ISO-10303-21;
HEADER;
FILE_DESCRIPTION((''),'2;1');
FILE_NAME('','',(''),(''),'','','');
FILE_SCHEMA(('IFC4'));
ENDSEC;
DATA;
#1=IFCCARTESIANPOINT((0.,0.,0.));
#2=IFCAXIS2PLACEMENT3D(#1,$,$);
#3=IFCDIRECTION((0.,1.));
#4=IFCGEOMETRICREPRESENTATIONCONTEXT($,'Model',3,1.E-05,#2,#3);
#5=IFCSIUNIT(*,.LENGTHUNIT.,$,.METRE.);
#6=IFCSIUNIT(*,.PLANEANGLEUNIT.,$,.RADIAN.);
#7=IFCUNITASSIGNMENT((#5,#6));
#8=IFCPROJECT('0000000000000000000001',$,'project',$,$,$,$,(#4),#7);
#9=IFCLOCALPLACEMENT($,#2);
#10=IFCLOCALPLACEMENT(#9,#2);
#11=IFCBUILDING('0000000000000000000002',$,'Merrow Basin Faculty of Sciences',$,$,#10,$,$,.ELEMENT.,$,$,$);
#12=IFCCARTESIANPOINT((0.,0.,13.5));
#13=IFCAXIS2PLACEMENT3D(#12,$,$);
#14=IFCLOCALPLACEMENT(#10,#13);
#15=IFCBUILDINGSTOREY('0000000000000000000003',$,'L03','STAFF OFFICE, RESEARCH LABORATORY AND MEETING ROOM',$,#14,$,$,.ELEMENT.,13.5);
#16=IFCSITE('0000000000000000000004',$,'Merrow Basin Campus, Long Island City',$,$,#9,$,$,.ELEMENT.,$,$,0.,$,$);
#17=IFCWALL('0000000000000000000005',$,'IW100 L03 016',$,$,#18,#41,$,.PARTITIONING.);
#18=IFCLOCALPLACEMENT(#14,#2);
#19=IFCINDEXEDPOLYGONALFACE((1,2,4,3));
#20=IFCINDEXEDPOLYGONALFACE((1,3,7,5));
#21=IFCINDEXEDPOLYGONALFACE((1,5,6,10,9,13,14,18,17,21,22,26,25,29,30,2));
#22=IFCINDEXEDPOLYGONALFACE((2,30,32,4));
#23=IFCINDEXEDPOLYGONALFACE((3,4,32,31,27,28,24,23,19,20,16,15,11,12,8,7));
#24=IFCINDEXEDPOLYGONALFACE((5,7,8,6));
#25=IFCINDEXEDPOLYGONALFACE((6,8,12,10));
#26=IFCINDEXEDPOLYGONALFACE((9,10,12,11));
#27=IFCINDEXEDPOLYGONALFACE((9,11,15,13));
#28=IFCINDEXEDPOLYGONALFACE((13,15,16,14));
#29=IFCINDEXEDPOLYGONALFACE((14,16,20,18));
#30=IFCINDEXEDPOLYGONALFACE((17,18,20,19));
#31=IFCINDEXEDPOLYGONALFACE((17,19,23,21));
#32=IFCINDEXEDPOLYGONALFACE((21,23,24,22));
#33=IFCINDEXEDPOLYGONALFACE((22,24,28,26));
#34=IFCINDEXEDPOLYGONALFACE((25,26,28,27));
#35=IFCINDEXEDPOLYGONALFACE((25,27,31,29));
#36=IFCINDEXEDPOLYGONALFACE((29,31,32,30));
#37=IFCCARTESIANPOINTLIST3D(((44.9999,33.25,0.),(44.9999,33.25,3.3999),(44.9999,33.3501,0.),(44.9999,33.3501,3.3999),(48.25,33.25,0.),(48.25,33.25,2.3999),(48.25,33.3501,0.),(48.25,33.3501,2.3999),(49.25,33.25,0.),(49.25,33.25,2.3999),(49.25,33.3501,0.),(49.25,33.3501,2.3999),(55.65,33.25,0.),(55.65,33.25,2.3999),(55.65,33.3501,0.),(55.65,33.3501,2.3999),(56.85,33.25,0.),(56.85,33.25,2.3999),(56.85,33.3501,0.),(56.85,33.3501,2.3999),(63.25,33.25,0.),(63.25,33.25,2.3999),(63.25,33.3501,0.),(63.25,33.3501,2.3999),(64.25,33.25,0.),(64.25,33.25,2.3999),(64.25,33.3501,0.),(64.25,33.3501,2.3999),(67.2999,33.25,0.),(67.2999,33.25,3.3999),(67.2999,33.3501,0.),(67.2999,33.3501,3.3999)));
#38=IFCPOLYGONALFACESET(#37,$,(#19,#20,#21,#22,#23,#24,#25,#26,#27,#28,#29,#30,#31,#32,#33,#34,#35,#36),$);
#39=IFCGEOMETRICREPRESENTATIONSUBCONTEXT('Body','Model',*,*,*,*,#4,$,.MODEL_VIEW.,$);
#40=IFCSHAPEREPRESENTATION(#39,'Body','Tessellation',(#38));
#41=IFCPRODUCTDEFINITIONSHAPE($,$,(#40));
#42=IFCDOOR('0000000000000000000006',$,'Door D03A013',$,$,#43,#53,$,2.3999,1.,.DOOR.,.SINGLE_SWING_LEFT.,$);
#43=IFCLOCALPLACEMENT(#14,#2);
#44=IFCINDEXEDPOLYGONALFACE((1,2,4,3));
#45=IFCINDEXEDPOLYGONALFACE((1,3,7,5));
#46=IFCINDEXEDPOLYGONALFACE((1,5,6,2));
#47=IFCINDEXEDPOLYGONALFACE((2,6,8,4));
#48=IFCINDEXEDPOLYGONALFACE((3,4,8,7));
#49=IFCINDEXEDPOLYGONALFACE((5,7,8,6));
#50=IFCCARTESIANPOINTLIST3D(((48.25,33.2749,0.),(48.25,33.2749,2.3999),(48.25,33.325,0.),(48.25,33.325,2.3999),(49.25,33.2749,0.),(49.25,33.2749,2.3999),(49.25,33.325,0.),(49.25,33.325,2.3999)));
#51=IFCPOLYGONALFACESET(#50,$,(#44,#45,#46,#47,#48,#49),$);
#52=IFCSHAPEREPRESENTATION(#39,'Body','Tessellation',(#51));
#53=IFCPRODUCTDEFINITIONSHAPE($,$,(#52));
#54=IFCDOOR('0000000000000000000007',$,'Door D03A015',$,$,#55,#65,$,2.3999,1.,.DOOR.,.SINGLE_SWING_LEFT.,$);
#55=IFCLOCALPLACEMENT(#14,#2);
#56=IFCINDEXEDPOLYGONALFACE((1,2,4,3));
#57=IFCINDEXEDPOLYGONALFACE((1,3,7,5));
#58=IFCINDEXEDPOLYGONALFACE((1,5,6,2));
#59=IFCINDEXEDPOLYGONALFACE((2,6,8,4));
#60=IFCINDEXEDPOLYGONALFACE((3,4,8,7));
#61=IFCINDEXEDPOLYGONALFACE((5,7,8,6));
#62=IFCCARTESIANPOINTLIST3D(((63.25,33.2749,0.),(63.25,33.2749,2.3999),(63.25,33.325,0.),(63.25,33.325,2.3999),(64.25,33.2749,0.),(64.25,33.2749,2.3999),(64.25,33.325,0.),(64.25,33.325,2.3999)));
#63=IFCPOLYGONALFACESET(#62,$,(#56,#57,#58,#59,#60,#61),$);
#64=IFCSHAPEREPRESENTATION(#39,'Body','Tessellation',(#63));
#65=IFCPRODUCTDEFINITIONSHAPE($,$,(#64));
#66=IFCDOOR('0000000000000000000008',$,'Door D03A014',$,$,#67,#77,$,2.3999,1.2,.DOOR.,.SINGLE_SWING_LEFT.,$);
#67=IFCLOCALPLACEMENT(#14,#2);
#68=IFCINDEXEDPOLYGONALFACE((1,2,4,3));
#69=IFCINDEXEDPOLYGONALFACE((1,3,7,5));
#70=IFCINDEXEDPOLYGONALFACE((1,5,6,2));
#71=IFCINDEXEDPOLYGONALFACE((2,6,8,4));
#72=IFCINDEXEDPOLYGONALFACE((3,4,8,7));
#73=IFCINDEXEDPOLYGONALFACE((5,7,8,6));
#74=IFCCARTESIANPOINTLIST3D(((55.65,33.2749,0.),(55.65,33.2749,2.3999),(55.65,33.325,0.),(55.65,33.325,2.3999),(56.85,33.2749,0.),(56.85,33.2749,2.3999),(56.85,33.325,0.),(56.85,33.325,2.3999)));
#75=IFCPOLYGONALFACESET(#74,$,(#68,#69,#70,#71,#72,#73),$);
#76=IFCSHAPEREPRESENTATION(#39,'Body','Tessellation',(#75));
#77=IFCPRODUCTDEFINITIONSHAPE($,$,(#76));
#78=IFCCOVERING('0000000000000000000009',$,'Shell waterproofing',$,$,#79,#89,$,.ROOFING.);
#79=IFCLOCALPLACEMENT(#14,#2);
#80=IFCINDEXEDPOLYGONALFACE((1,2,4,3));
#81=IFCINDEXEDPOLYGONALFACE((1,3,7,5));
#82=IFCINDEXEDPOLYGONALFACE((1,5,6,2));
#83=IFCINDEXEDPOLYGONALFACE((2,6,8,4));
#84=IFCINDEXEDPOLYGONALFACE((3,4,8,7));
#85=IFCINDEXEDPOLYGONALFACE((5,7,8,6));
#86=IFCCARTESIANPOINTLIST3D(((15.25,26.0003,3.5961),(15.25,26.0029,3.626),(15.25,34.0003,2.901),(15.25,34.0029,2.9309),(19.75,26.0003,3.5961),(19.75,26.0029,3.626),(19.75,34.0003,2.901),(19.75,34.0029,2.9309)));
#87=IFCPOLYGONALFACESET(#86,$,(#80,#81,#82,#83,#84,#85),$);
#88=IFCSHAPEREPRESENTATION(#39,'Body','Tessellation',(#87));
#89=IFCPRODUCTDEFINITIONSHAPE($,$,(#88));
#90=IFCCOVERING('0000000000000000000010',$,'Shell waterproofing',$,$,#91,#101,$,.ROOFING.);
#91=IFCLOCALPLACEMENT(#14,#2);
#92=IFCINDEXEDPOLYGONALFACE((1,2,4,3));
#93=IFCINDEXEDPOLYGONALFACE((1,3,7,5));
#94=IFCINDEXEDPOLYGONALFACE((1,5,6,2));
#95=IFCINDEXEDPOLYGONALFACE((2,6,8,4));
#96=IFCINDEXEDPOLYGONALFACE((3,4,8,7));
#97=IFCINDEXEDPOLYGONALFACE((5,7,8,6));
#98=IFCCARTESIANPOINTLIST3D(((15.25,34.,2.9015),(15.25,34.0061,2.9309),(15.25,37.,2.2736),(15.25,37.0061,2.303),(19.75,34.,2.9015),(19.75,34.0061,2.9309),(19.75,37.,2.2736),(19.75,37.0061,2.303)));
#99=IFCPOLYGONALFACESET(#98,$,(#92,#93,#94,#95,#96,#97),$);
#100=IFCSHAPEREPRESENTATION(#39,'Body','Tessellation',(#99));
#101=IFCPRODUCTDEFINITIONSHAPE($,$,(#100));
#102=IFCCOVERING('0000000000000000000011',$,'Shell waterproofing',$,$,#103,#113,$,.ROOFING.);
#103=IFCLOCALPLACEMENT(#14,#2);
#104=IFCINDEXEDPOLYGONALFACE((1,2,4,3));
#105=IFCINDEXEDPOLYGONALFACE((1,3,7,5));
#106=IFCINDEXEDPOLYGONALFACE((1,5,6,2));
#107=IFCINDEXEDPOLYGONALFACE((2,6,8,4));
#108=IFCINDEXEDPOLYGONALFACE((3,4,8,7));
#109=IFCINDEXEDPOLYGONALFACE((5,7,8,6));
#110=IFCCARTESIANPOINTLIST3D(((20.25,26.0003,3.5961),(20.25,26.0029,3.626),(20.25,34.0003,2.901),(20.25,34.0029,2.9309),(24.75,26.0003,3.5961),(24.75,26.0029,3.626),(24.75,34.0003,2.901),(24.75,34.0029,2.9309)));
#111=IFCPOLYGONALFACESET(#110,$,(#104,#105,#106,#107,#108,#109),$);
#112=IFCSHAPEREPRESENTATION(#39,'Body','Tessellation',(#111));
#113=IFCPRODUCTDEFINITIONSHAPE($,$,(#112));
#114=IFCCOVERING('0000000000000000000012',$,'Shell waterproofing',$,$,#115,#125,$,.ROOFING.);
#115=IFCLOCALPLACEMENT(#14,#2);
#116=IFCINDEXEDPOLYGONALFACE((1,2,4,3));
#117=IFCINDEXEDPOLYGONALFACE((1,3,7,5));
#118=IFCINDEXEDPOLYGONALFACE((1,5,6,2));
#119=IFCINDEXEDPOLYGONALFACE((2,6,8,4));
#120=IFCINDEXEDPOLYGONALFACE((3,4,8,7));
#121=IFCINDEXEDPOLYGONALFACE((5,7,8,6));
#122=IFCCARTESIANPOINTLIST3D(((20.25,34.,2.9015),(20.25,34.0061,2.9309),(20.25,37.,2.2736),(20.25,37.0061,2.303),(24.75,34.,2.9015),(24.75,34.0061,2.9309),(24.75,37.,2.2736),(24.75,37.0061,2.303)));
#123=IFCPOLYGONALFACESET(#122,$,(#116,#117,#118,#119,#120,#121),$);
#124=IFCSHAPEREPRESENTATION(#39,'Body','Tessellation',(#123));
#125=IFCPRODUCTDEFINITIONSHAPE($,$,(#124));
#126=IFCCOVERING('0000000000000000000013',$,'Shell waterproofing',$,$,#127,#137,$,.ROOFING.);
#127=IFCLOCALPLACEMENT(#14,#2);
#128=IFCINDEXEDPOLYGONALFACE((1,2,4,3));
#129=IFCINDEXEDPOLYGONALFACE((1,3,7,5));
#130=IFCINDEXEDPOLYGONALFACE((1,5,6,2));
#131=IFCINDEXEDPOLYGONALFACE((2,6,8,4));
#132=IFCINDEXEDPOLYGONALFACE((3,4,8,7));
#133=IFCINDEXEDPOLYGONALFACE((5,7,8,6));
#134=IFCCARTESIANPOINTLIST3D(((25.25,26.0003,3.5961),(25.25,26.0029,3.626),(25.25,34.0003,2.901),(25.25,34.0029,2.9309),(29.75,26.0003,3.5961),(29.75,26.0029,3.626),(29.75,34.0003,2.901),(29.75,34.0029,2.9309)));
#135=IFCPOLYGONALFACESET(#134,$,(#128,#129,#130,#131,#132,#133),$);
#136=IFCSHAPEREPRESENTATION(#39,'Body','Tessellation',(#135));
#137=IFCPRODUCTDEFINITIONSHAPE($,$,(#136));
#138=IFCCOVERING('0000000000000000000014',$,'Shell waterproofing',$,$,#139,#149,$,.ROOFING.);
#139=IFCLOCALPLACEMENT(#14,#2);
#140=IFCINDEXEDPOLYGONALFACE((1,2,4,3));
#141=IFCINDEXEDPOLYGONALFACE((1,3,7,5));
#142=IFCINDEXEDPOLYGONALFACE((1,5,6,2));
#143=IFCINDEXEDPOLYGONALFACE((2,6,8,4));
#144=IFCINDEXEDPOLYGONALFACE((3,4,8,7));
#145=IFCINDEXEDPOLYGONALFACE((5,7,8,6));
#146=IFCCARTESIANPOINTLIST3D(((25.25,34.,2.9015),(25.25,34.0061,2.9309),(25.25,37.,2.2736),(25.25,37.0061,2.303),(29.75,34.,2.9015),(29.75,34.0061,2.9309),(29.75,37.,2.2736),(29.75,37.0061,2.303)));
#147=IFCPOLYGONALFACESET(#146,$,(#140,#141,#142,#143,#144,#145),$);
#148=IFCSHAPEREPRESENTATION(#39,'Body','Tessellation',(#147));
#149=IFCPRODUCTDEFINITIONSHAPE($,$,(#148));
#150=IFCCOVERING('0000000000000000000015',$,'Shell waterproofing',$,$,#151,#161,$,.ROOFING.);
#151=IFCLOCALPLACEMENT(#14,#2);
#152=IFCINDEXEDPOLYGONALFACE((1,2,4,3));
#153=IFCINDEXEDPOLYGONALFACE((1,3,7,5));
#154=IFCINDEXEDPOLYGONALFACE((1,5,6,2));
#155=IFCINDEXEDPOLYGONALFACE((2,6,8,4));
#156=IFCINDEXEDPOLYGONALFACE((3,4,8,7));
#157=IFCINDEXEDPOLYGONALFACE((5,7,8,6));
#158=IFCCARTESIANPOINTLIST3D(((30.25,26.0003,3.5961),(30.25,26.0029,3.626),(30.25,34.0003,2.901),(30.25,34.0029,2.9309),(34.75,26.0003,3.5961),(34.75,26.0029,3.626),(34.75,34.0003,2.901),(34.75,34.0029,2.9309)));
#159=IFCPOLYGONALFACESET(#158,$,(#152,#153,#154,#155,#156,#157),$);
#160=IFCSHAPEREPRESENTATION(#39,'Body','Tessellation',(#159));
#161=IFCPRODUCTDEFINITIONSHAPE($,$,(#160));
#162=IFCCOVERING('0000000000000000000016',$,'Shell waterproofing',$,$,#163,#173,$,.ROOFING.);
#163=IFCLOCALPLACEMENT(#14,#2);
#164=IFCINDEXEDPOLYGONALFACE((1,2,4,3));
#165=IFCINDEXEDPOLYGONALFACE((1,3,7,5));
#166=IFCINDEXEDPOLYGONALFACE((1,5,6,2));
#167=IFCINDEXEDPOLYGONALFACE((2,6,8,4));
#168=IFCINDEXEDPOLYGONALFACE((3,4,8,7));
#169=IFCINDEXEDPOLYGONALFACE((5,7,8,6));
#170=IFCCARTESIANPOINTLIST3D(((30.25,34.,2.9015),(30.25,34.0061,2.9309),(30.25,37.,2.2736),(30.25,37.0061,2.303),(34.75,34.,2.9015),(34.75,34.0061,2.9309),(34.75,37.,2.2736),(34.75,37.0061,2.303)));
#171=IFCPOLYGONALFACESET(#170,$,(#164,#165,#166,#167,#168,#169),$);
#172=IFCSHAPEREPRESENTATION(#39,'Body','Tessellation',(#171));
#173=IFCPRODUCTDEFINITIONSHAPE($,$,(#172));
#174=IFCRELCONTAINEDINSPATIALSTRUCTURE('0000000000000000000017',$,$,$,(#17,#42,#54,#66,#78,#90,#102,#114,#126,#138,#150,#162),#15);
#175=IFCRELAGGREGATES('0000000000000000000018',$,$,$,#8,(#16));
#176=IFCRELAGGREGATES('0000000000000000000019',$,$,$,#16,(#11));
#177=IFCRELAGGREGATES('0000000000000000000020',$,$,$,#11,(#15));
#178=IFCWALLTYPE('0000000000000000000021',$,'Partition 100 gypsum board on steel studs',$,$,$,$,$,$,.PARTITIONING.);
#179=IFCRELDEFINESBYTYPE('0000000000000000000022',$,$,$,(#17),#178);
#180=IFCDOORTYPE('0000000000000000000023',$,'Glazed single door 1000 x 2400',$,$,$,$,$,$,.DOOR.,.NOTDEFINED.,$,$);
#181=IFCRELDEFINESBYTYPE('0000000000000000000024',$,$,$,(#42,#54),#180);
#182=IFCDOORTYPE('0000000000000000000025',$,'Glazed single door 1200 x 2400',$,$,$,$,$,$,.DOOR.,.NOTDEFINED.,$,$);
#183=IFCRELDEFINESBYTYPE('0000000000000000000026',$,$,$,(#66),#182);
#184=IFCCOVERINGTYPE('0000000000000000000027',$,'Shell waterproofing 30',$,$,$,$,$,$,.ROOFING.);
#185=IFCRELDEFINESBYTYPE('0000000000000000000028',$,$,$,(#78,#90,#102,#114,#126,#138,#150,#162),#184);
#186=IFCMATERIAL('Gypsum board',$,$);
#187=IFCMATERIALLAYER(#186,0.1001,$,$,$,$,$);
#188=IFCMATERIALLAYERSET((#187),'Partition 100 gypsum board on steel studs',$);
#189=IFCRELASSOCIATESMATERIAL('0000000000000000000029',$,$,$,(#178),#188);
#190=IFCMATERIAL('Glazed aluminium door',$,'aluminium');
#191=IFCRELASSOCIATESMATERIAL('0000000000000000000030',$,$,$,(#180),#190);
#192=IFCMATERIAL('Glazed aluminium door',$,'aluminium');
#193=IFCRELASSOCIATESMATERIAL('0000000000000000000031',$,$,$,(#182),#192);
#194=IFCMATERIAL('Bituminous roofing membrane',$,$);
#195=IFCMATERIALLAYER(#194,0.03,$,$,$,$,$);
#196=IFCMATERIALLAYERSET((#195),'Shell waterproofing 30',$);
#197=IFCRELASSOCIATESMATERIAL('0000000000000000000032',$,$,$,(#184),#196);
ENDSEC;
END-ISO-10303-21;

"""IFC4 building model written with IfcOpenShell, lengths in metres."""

from ifc_helpers import new_model, si_unit, direction, frame, frame_2d, origin, place, context, subcontext, project, spatial, polyline, rectangle, outline, extrude, material, layer, layer_set, type_object, element, fill, save


model = new_model("IFC4")

# Units and contexts
model_context = context("Model", 3, precision=1e-05, world=origin(), true_north=direction((0.0, 1.0)))
body_context = subcontext(model_context, "Body", "Model", "MODEL_VIEW")
ifc_project = project(units=[si_unit("LENGTHUNIT", "METRE"), si_unit("PLANEANGLEUNIT", "RADIAN")], contexts=[model_context])

# Site, building, storey
site_placement = place(None, origin())
site = spatial("IfcSite", under=ifc_project, at=site_placement, Name="Merrow Basin Campus, Long Island City", CompositionType="ELEMENT", RefElevation=0.0)
building_placement = place(site_placement, origin())
building = spatial("IfcBuilding", under=site, at=building_placement, Name="Merrow Basin Faculty of Sciences", CompositionType="ELEMENT")
storey_placement = place(building_placement, frame((0.0, 0.0, 13.5)))
storey = spatial("IfcBuildingStorey", under=building, at=storey_placement, Name="L03", Description="STAFF OFFICE, RESEARCH LABORATORY AND MEETING ROOM", CompositionType="ELEMENT", Elevation=13.5)

# Shared definitions
ifc_material_1 = material(Name="Gypsum board")
ifc_layer_1 = layer(ifc_material_1, 0.1001)
ifc_layer_set_1 = layer_set([ifc_layer_1], Name="Partition 100 gypsum board on steel studs")
wall_type = type_object("IfcWallType", Name="Partition 100 gypsum board on steel studs", PredefinedType="PARTITIONING", material=ifc_layer_set_1)

# Wall, openings, doors
wall_1_placement = place(storey_placement, frame((45.0, 33.3, 0.0), z_axis=(0.0, 0.0, 1.0), x_axis=(1.0, 0.0, 0.0)))
wall_1 = element("IfcWall", 1, at=wall_1_placement, inside=storey, type_object=wall_type, Name="IW100 L03 016", PredefinedType="PARTITIONING", context=body_context, shape_type="SweptSolid", body=[
    extrude(rectangle(XDim=22.3, YDim=0.1001, at=frame_2d((11.1499, 0.0))), origin(), (0.0, 0.0, 1.0), 3.3999),
])
opening_1_placement = place(wall_1_placement, frame((3.25, 0.0, 0.0)))
opening_1 = element("IfcOpeningElement", 2, at=opening_1_placement, cuts=wall_1, PredefinedType="OPENING", context=body_context, shape_type="SweptSolid", body=[
    extrude(rectangle(XDim=1.0, YDim=2.3999, at=frame_2d((0.5, 1.2))), frame((0.0, 0.0601, 0.0), z_axis=(0.0, -1.0, 0.0), x_axis=(1.0, 0.0, 0.0)), (0.0, 0.0, 1.0), 0.1201),
])
opening_2_placement = place(wall_1_placement, frame((10.6499, 0.0, 0.0)))
opening_2 = element("IfcOpeningElement", 3, at=opening_2_placement, cuts=wall_1, PredefinedType="OPENING", context=body_context, shape_type="SweptSolid", body=[
    extrude(rectangle(XDim=1.2, YDim=2.3999, at=frame_2d((0.6001, 1.2))), frame((0.0, 0.0601, 0.0), z_axis=(0.0, -1.0, 0.0), x_axis=(1.0, 0.0, 0.0)), (0.0, 0.0, 1.0), 0.1201),
])
opening_3_placement = place(wall_1_placement, frame((18.25, 0.0, 0.0)))
opening_3 = element("IfcOpeningElement", 4, at=opening_3_placement, cuts=wall_1, PredefinedType="OPENING", context=body_context, shape_type="SweptSolid", body=[
    extrude(rectangle(XDim=1.0, YDim=2.3999, at=frame_2d((0.5, 1.2))), frame((0.0, 0.0601, 0.0), z_axis=(0.0, -1.0, 0.0), x_axis=(1.0, 0.0, 0.0)), (0.0, 0.0, 1.0), 0.1201),
])
ifc_material_2 = material(Name="Glazed aluminium door", Category="aluminium")
door_type_1 = type_object("IfcDoorType", Name="Glazed single door 1000 x 2400", OperationType="NOTDEFINED", PredefinedType="DOOR", material=ifc_material_2)
door_1_placement = place(opening_1_placement, origin())
door_1 = element("IfcDoor", 5, at=door_1_placement, inside=storey, type_object=door_type_1, Name="Door D03A013", OperationType="SINGLE_SWING_LEFT", OverallHeight=2.3999, OverallWidth=1.0, PredefinedType="DOOR", context=body_context, shape_type="SweptSolid", body=[
    extrude(rectangle(XDim=1.0, YDim=2.3999, at=frame_2d((0.5, 1.2))), frame((0.0, 0.0249, 0.0), z_axis=(0.0, -1.0, 0.0), x_axis=(1.0, 0.0, 0.0)), (0.0, 0.0, 1.0), 0.05),
])
fill(opening_1, door_1)
door_2_placement = place(opening_3_placement, origin())
door_2 = element("IfcDoor", 6, at=door_2_placement, inside=storey, type_object=door_type_1, Name="Door D03A015", OperationType="SINGLE_SWING_LEFT", OverallHeight=2.3999, OverallWidth=1.0, PredefinedType="DOOR", context=body_context, shape_type="SweptSolid", body=[
    extrude(rectangle(XDim=1.0, YDim=2.3999, at=frame_2d((0.5, 1.2))), frame((0.0, 0.0249, 0.0), z_axis=(0.0, -1.0, 0.0), x_axis=(1.0, 0.0, 0.0)), (0.0, 0.0, 1.0), 0.05),
])
fill(opening_3, door_2)
ifc_material_3 = material(Name="Glazed aluminium door", Category="aluminium")
door_type_2 = type_object("IfcDoorType", Name="Glazed single door 1200 x 2400", OperationType="NOTDEFINED", PredefinedType="DOOR", material=ifc_material_3)
door_3_placement = place(opening_2_placement, origin())
door_3 = element("IfcDoor", 7, at=door_3_placement, inside=storey, type_object=door_type_2, Name="Door D03A014", OperationType="SINGLE_SWING_LEFT", OverallHeight=2.3999, OverallWidth=1.2, PredefinedType="DOOR", context=body_context, shape_type="SweptSolid", body=[
    extrude(rectangle(XDim=1.2, YDim=2.3999, at=frame_2d((0.6001, 1.2))), frame((0.0, 0.0249, 0.0), z_axis=(0.0, -1.0, 0.0), x_axis=(1.0, 0.0, 0.0)), (0.0, 0.0, 1.0), 0.05),
])
fill(opening_2, door_3)

# Coverings
ifc_material_4 = material(Name="Bituminous roofing membrane")
ifc_layer_2 = layer(ifc_material_4, 0.03)
ifc_layer_set_2 = layer_set([ifc_layer_2], Name="Shell waterproofing 30")
covering_type = type_object("IfcCoveringType", Name="Shell waterproofing 30", PredefinedType="ROOFING", material=ifc_layer_set_2)
covering_1_placement = place(storey_placement, frame((15.25, 26.0029, 3.626), z_axis=(0.0, 0.086557, 0.996247), x_axis=(1.0, 0.0, 0.0)))
element("IfcCovering", 8, at=covering_1_placement, inside=storey, type_object=covering_type, Name="Shell waterproofing", PredefinedType="ROOFING", context=body_context, shape_type="SweptSolid", body=[
    extrude(outline(polyline([(0.0, 0.0), (4.5, 0.0), (4.5, 8.0301), (0.0, 8.0301), (0.0, 0.0)])), origin(), (0.0, 0.0, -1.0), 0.03),
])
covering_2_placement = place(storey_placement, frame((15.25, 34.0061, 2.9309), z_axis=(0.0, 0.20487, 0.978789), x_axis=(1.0, 0.0, 0.0)))
element("IfcCovering", 9, at=covering_2_placement, inside=storey, type_object=covering_type, Name="Shell waterproofing", PredefinedType="ROOFING", context=body_context, shape_type="SweptSolid", body=[
    extrude(outline(polyline([(0.0, 0.0), (4.5, 0.0), (4.5, 3.065), (0.0, 3.065), (0.0, 0.0)])), origin(), (0.0, 0.0, -1.0), 0.03),
])
covering_3_placement = place(storey_placement, frame((20.25, 26.0029, 3.626), z_axis=(0.0, 0.086557, 0.996247), x_axis=(1.0, 0.0, 0.0)))
element("IfcCovering", 10, at=covering_3_placement, inside=storey, type_object=covering_type, Name="Shell waterproofing", PredefinedType="ROOFING", context=body_context, shape_type="SweptSolid", body=[
    extrude(outline(polyline([(0.0, 0.0), (4.5, 0.0), (4.5, 8.0301), (0.0, 8.0301), (0.0, 0.0)])), origin(), (0.0, 0.0, -1.0), 0.03),
])
covering_4_placement = place(storey_placement, frame((20.25, 34.0061, 2.9309), z_axis=(0.0, 0.20487, 0.978789), x_axis=(1.0, 0.0, 0.0)))
element("IfcCovering", 11, at=covering_4_placement, inside=storey, type_object=covering_type, Name="Shell waterproofing", PredefinedType="ROOFING", context=body_context, shape_type="SweptSolid", body=[
    extrude(outline(polyline([(0.0, 0.0), (4.5, 0.0), (4.5, 3.065), (0.0, 3.065), (0.0, 0.0)])), origin(), (0.0, 0.0, -1.0), 0.03),
])
covering_5_placement = place(storey_placement, frame((25.25, 26.0029, 3.626), z_axis=(0.0, 0.086557, 0.996247), x_axis=(1.0, 0.0, 0.0)))
element("IfcCovering", 12, at=covering_5_placement, inside=storey, type_object=covering_type, Name="Shell waterproofing", PredefinedType="ROOFING", context=body_context, shape_type="SweptSolid", body=[
    extrude(outline(polyline([(0.0, 0.0), (4.5, 0.0), (4.5, 8.0301), (0.0, 8.0301), (0.0, 0.0)])), origin(), (0.0, 0.0, -1.0), 0.03),
])
covering_6_placement = place(storey_placement, frame((25.25, 34.0061, 2.9309), z_axis=(0.0, 0.20487, 0.978789), x_axis=(1.0, 0.0, 0.0)))
element("IfcCovering", 13, at=covering_6_placement, inside=storey, type_object=covering_type, Name="Shell waterproofing", PredefinedType="ROOFING", context=body_context, shape_type="SweptSolid", body=[
    extrude(outline(polyline([(0.0, 0.0), (4.5, 0.0), (4.5, 3.065), (0.0, 3.065), (0.0, 0.0)])), origin(), (0.0, 0.0, -1.0), 0.03),
])
covering_7_placement = place(storey_placement, frame((30.25, 26.0029, 3.626), z_axis=(0.0, 0.086557, 0.996247), x_axis=(1.0, 0.0, 0.0)))
element("IfcCovering", 14, at=covering_7_placement, inside=storey, type_object=covering_type, Name="Shell waterproofing", PredefinedType="ROOFING", context=body_context, shape_type="SweptSolid", body=[
    extrude(outline(polyline([(0.0, 0.0), (4.5, 0.0), (4.5, 8.0301), (0.0, 8.0301), (0.0, 0.0)])), origin(), (0.0, 0.0, -1.0), 0.03),
])
covering_8_placement = place(storey_placement, frame((30.25, 34.0061, 2.9309), z_axis=(0.0, 0.20487, 0.978789), x_axis=(1.0, 0.0, 0.0)))
element("IfcCovering", 15, at=covering_8_placement, inside=storey, type_object=covering_type, Name="Shell waterproofing", PredefinedType="ROOFING", context=body_context, shape_type="SweptSolid", body=[
    extrude(outline(polyline([(0.0, 0.0), (4.5, 0.0), (4.5, 3.065), (0.0, 3.065), (0.0, 0.0)])), origin(), (0.0, 0.0, -1.0), 0.03),
])

save(model, "model.ifc")
